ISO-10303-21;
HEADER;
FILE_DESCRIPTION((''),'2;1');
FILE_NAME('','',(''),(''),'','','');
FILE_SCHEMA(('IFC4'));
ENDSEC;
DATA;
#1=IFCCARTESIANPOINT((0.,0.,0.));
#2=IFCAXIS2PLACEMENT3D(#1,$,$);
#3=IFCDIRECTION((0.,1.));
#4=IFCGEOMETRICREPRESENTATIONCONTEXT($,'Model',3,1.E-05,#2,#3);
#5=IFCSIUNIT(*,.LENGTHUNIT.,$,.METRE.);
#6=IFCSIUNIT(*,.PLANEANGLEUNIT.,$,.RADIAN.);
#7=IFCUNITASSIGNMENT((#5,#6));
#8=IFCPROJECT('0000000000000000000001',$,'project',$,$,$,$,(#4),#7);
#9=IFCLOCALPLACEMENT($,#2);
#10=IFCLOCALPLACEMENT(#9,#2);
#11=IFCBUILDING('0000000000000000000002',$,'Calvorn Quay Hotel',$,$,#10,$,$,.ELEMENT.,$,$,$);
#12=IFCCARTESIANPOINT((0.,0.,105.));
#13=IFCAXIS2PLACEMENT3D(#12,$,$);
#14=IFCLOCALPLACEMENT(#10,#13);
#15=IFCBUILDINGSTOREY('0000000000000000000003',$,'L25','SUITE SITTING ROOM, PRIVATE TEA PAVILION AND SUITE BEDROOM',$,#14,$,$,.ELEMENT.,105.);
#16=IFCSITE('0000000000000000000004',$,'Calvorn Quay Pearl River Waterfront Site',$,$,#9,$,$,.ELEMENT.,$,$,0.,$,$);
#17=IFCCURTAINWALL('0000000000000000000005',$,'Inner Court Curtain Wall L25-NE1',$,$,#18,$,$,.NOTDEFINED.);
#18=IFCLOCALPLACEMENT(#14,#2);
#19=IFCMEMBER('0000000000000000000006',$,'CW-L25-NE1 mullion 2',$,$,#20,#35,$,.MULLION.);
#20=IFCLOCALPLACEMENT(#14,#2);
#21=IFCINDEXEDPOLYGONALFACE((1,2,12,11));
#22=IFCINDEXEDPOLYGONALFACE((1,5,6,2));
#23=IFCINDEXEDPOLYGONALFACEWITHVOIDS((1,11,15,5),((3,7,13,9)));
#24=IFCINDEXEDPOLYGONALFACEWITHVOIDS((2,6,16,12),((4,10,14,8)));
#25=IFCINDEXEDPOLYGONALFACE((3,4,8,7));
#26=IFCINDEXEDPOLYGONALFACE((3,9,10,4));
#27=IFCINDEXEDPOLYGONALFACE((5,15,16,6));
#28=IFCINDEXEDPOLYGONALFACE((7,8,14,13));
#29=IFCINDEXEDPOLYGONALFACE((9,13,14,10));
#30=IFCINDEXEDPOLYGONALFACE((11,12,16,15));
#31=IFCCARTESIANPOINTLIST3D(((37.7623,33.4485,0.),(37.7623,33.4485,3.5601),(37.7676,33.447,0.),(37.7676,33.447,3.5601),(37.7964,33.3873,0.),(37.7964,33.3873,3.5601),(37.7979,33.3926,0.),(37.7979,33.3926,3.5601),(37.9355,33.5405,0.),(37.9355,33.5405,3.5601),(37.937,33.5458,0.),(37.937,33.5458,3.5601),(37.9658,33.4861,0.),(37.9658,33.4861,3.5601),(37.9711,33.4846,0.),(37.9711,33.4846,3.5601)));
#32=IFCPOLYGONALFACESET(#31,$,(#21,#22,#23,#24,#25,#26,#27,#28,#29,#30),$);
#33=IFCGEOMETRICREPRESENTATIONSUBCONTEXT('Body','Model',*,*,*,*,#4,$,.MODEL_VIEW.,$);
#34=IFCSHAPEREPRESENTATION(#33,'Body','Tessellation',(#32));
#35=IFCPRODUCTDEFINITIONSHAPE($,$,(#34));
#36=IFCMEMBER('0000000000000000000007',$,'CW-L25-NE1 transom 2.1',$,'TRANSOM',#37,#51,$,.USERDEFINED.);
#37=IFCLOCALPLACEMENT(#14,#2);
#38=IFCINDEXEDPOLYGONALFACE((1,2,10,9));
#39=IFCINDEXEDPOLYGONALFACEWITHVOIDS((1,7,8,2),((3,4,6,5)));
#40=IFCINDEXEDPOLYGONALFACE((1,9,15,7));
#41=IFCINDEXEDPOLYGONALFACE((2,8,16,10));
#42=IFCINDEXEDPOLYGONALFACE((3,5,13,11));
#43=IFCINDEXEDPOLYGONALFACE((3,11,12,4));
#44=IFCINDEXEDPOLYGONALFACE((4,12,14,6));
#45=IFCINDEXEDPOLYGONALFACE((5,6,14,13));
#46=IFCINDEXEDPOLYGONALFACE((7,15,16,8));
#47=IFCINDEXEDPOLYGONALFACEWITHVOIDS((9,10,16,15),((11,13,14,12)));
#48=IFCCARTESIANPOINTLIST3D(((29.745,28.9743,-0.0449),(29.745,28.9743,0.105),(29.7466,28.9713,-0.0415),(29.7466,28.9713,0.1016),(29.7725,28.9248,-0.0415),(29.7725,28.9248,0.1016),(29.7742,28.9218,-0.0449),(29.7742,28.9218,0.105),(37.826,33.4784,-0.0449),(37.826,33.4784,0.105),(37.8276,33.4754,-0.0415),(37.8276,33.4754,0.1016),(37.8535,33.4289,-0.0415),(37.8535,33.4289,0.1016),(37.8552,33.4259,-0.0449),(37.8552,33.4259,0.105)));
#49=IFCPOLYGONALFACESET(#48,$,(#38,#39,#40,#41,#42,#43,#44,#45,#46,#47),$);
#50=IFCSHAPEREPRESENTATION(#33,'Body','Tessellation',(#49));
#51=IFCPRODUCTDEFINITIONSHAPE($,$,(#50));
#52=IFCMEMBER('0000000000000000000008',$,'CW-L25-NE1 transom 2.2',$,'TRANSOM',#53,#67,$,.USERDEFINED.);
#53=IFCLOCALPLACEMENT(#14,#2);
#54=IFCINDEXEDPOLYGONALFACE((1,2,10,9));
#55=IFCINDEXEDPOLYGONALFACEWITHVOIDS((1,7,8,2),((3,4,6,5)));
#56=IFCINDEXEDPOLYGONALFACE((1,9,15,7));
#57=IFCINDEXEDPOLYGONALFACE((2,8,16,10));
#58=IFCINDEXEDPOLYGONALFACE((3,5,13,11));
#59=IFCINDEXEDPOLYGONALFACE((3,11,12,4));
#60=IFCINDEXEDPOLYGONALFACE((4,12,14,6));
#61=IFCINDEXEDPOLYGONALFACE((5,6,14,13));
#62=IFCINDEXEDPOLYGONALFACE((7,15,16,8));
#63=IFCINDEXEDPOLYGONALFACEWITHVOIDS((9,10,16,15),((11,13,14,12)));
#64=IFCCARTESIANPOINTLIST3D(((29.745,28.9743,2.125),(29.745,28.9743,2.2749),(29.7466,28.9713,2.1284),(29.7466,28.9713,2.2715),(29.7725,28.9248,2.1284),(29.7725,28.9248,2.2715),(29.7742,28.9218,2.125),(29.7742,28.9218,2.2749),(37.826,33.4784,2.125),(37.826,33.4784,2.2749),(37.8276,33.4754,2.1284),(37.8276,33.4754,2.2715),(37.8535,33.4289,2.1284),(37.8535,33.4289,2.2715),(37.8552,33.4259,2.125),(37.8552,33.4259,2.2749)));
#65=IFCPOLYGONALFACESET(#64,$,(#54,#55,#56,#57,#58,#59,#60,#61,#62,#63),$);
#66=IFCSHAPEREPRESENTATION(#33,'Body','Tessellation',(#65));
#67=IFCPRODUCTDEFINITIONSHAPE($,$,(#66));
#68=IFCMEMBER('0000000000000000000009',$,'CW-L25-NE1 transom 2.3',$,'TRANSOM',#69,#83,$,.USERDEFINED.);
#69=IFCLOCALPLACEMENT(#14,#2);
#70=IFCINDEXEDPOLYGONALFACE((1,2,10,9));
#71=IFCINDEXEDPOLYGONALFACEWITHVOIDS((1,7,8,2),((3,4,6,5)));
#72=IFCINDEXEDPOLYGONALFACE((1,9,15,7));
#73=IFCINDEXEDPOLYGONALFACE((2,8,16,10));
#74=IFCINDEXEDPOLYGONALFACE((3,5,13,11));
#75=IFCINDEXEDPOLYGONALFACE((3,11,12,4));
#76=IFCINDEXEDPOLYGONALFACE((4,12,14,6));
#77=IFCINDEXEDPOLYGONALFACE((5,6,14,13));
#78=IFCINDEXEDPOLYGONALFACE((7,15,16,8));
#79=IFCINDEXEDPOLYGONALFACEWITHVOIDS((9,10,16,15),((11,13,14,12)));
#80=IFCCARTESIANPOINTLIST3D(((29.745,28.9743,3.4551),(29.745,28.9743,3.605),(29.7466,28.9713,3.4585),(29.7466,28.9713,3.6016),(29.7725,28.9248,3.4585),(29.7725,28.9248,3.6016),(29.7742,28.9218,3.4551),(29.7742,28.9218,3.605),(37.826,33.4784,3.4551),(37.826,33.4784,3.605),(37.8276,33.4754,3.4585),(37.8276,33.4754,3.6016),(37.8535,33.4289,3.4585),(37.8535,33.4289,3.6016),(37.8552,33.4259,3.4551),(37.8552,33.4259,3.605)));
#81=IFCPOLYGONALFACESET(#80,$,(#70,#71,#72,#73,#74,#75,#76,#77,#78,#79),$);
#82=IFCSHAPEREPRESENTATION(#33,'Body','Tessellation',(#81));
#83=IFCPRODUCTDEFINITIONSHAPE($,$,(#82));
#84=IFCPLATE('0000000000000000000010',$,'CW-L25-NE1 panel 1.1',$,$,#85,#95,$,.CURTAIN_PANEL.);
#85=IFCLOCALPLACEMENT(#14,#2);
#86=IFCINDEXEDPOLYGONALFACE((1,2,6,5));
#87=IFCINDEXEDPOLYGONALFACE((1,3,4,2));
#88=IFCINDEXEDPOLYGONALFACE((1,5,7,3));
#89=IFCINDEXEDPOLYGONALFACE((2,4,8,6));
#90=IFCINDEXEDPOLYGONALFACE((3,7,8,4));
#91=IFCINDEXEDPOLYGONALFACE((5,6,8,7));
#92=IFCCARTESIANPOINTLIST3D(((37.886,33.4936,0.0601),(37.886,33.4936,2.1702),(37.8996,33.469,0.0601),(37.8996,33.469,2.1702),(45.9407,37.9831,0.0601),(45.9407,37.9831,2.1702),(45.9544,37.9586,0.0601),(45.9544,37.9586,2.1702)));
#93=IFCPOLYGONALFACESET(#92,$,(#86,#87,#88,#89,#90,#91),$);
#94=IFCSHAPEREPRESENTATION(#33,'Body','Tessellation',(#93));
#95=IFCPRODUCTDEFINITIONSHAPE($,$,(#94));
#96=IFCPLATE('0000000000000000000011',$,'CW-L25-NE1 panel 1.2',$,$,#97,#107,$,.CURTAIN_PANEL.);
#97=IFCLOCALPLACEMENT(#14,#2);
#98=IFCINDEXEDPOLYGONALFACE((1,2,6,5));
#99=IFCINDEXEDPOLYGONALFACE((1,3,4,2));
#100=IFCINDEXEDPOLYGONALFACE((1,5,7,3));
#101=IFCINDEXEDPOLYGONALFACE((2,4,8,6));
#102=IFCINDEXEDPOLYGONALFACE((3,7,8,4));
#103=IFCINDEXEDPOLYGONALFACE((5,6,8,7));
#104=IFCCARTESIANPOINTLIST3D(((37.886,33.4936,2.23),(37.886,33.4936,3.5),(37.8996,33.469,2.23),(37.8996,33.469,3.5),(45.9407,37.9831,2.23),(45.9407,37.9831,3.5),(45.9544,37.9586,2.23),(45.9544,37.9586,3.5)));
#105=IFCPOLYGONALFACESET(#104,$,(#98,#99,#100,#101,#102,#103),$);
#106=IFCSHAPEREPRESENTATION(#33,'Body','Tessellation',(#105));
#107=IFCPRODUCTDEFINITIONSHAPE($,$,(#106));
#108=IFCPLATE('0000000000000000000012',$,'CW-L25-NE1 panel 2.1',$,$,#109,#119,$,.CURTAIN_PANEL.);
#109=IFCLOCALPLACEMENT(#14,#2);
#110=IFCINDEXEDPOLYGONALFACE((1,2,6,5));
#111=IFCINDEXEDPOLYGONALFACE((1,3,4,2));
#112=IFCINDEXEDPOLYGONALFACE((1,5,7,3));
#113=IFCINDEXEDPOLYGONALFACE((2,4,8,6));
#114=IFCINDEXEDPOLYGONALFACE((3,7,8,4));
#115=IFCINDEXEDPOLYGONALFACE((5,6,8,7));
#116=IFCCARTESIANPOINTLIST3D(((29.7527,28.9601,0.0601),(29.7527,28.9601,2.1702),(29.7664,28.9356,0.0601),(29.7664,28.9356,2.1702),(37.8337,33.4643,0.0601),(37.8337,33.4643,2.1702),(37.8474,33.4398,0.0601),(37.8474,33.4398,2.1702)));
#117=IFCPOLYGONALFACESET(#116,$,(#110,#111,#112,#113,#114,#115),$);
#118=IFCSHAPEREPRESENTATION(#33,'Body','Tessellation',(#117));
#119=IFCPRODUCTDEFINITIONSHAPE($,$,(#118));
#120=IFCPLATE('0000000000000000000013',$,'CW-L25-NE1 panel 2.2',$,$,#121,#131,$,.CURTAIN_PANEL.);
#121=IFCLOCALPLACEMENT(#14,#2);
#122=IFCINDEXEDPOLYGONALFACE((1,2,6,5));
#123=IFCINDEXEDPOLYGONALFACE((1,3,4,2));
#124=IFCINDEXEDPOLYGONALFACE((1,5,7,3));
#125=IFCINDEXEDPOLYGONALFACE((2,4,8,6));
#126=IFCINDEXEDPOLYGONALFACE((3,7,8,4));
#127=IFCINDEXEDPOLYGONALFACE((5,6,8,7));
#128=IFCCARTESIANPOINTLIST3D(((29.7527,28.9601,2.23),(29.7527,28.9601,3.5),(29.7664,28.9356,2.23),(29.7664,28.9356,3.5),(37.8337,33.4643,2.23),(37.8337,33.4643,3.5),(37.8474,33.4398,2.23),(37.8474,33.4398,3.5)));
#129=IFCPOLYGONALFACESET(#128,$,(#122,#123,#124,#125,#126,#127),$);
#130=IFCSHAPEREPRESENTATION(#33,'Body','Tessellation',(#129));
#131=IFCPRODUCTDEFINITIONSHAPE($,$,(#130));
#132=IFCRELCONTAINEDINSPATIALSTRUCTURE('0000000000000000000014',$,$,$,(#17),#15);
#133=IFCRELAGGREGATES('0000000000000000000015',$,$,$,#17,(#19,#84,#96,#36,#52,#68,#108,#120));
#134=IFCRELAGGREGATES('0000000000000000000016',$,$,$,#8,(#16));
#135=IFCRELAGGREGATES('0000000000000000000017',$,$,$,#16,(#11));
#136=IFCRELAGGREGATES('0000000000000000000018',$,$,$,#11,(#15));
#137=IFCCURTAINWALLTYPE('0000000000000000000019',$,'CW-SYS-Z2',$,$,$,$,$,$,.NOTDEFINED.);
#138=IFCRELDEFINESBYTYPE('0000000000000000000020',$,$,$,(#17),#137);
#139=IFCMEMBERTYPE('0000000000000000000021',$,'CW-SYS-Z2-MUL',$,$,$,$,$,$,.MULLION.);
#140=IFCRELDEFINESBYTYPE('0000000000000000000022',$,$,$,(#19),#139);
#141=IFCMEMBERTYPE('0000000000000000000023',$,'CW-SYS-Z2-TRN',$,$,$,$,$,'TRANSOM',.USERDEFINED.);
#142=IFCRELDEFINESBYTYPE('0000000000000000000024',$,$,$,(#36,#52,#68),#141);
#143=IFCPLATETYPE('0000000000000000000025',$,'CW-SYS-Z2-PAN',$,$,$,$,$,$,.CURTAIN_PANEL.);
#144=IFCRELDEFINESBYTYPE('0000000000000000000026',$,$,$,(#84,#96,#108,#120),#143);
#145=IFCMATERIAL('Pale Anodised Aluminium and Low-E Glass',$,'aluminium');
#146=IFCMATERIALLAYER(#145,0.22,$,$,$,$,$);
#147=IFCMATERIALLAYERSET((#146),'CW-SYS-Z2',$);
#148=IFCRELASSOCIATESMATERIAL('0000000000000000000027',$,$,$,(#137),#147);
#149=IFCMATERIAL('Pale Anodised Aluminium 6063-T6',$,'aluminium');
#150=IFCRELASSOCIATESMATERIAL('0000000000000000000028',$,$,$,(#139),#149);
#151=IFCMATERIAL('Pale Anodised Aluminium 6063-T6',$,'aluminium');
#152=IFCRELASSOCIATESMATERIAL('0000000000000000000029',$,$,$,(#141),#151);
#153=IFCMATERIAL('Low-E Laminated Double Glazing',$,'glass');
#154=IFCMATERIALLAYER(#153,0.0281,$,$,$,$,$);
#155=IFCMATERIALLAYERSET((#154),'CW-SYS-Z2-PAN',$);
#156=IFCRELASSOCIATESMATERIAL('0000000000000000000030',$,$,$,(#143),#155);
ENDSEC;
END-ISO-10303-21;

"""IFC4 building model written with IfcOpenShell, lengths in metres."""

from ifc_helpers import new_model, si_unit, direction, frame, origin, origin_2d, place, context, subcontext, project, spatial, rectangle, hollow_rectangle, extrude, material, layer, layer_set, material_profile, profile_set, type_object, element, aggregate, save


model = new_model("IFC4")

# Units and contexts
model_context = context("Model", 3, precision=1e-05, world=origin(), true_north=direction((0.0, 1.0)))
body_context = subcontext(model_context, "Body", "Model", "MODEL_VIEW")
ifc_project = project(units=[si_unit("LENGTHUNIT", "METRE"), si_unit("PLANEANGLEUNIT", "RADIAN")], contexts=[model_context])

# Site, building, storey
site_placement = place(None, origin())
site = spatial("IfcSite", under=ifc_project, at=site_placement, Name="Calvorn Quay Pearl River Waterfront Site", CompositionType="ELEMENT", RefElevation=0.0)
building_placement = place(site_placement, origin())
building = spatial("IfcBuilding", under=site, at=building_placement, Name="Calvorn Quay Hotel", CompositionType="ELEMENT")
storey_placement = place(building_placement, frame((0.0, 0.0, 105.0)))
storey = spatial("IfcBuildingStorey", under=building, at=storey_placement, Name="L25", Description="SUITE SITTING ROOM, PRIVATE TEA PAVILION AND SUITE BEDROOM", CompositionType="ELEMENT", Elevation=105.0)

# Curtain wall, members, plates
ifc_material_1 = material(Name="Pale Anodised Aluminium and Low-E Glass", Category="aluminium")
ifc_layer_1 = layer(ifc_material_1, 0.22)
ifc_layer_set_1 = layer_set([ifc_layer_1], Name="CW-SYS-Z2")
curtain_wall_type = type_object("IfcCurtainWallType", Name="CW-SYS-Z2", PredefinedType="NOTDEFINED", material=ifc_layer_set_1)
curtain_wall_placement = place(storey_placement, origin())
curtain_wall = element("IfcCurtainWall", 1, at=curtain_wall_placement, inside=storey, type_object=curtain_wall_type, Name="Inner Court Curtain Wall L25-NE1", PredefinedType="NOTDEFINED")
ifc_material_2 = material(Name="Pale Anodised Aluminium 6063-T6", Category="aluminium")
ifc_material_profile_1 = material_profile(ifc_material_2, hollow_rectangle(XDim=0.0701, YDim=0.2, WallThickness=0.0039, at=origin_2d()), Name="ALU-M200x70x4")
ifc_profile_set_1 = profile_set([ifc_material_profile_1], Name="Pale Anodised Aluminium 6063-T6")
member_type_1 = type_object("IfcMemberType", Name="CW-SYS-Z2-MUL", PredefinedType="MULLION", material=ifc_profile_set_1)
member_1_placement = place(storey_placement, frame((37.8667, 33.4666, 0.0), z_axis=(0.0, 0.0, 1.0), x_axis=(0.486858, -0.873481, 0.0)))
member_1 = element("IfcMember", 2, at=member_1_placement, type_object=member_type_1, Name="CW-L25-NE1 mullion 2", PredefinedType="MULLION", context=body_context, shape_type="SweptSolid", body=[
    extrude(hollow_rectangle(XDim=0.0701, YDim=0.2, WallThickness=0.0039, at=origin_2d()), origin(), (0.0, 0.0, 1.0), 3.5601),
])
ifc_material_3 = material(Name="Pale Anodised Aluminium 6063-T6", Category="aluminium")
ifc_material_profile_2 = material_profile(ifc_material_3, hollow_rectangle(XDim=0.0601, YDim=0.1499, WallThickness=0.0034, at=origin_2d()), Name="ALU-T150x60x3.5")
ifc_profile_set_2 = profile_set([ifc_material_profile_2], Name="Pale Anodised Aluminium 6063-T6")
member_type_2 = type_object("IfcMemberType", Name="CW-SYS-Z2-TRN", ElementType="TRANSOM", PredefinedType="USERDEFINED", material=ifc_profile_set_2)
member_2_placement = place(storey_placement, frame((37.8406, 33.4521, 0.03), z_axis=(-0.873483, -0.486855, 0.0), x_axis=(0.486855, -0.873483, 0.0)))
member_2 = element("IfcMember", 3, at=member_2_placement, type_object=member_type_2, Name="CW-L25-NE1 transom 2.1", ObjectType="TRANSOM", PredefinedType="USERDEFINED", context=body_context, shape_type="SweptSolid", body=[
    extrude(hollow_rectangle(XDim=0.0601, YDim=0.1499, WallThickness=0.0034, at=origin_2d()), origin(), (0.0, 0.0, 1.0), 9.2515),
])
member_3_placement = place(storey_placement, frame((37.8406, 33.4521, 2.2), z_axis=(-0.873483, -0.486855, 0.0), x_axis=(0.486855, -0.873483, 0.0)))
member_3 = element("IfcMember", 4, at=member_3_placement, type_object=member_type_2, Name="CW-L25-NE1 transom 2.2", ObjectType="TRANSOM", PredefinedType="USERDEFINED", context=body_context, shape_type="SweptSolid", body=[
    extrude(hollow_rectangle(XDim=0.0601, YDim=0.1499, WallThickness=0.0034, at=origin_2d()), origin(), (0.0, 0.0, 1.0), 9.2515),
])
member_4_placement = place(storey_placement, frame((37.8406, 33.4521, 3.53), z_axis=(-0.873483, -0.486855, 0.0), x_axis=(0.486855, -0.873483, 0.0)))
member_4 = element("IfcMember", 5, at=member_4_placement, type_object=member_type_2, Name="CW-L25-NE1 transom 2.3", ObjectType="TRANSOM", PredefinedType="USERDEFINED", context=body_context, shape_type="SweptSolid", body=[
    extrude(hollow_rectangle(XDim=0.0601, YDim=0.1499, WallThickness=0.0034, at=origin_2d()), origin(), (0.0, 0.0, 1.0), 9.2515),
])
ifc_material_4 = material(Name="Low-E Laminated Double Glazing", Category="glass")
ifc_layer_2 = layer(ifc_material_4, 0.0281)
ifc_layer_set_2 = layer_set([ifc_layer_2], Name="CW-SYS-Z2-PAN")
plate_type = type_object("IfcPlateType", Name="CW-SYS-Z2-PAN", PredefinedType="CURTAIN_PANEL", material=ifc_layer_set_2)
plate_1_placement = place(storey_placement, frame((41.9202, 35.7261, 0.0601), z_axis=(0.0, 0.0, 1.0), x_axis=(-0.873481, -0.486858, 0.0)))
plate_1 = element("IfcPlate", 6, at=plate_1_placement, type_object=plate_type, Name="CW-L25-NE1 panel 1.1", PredefinedType="CURTAIN_PANEL", context=body_context, shape_type="SweptSolid", body=[
    extrude(rectangle(XDim=9.2214, YDim=0.0281, at=origin_2d()), origin(), (0.0, 0.0, 1.0), 2.1101),
])
plate_2_placement = place(storey_placement, frame((41.9202, 35.7261, 2.23), z_axis=(0.0, 0.0, 1.0), x_axis=(-0.873481, -0.486858, 0.0)))
plate_2 = element("IfcPlate", 7, at=plate_2_placement, type_object=plate_type, Name="CW-L25-NE1 panel 1.2", PredefinedType="CURTAIN_PANEL", context=body_context, shape_type="SweptSolid", body=[
    extrude(rectangle(XDim=9.2214, YDim=0.0281, at=origin_2d()), origin(), (0.0, 0.0, 1.0), 1.27),
])
plate_3_placement = place(storey_placement, frame((33.8, 31.2, 0.0601), z_axis=(0.0, 0.0, 1.0), x_axis=(-0.873481, -0.486858, 0.0)))
plate_3 = element("IfcPlate", 8, at=plate_3_placement, type_object=plate_type, Name="CW-L25-NE1 panel 2.1", PredefinedType="CURTAIN_PANEL", context=body_context, shape_type="SweptSolid", body=[
    extrude(rectangle(XDim=9.2515, YDim=0.0281, at=origin_2d()), origin(), (0.0, 0.0, 1.0), 2.1101),
])
plate_4_placement = place(storey_placement, frame((33.8, 31.2, 2.23), z_axis=(0.0, 0.0, 1.0), x_axis=(-0.873481, -0.486858, 0.0)))
plate_4 = element("IfcPlate", 9, at=plate_4_placement, type_object=plate_type, Name="CW-L25-NE1 panel 2.2", PredefinedType="CURTAIN_PANEL", context=body_context, shape_type="SweptSolid", body=[
    extrude(rectangle(XDim=9.2515, YDim=0.0281, at=origin_2d()), origin(), (0.0, 0.0, 1.0), 1.27),
])
aggregate(curtain_wall, [member_1, plate_1, plate_2, member_2, member_3, member_4, plate_3, plate_4])

save(model, "model.ifc")
